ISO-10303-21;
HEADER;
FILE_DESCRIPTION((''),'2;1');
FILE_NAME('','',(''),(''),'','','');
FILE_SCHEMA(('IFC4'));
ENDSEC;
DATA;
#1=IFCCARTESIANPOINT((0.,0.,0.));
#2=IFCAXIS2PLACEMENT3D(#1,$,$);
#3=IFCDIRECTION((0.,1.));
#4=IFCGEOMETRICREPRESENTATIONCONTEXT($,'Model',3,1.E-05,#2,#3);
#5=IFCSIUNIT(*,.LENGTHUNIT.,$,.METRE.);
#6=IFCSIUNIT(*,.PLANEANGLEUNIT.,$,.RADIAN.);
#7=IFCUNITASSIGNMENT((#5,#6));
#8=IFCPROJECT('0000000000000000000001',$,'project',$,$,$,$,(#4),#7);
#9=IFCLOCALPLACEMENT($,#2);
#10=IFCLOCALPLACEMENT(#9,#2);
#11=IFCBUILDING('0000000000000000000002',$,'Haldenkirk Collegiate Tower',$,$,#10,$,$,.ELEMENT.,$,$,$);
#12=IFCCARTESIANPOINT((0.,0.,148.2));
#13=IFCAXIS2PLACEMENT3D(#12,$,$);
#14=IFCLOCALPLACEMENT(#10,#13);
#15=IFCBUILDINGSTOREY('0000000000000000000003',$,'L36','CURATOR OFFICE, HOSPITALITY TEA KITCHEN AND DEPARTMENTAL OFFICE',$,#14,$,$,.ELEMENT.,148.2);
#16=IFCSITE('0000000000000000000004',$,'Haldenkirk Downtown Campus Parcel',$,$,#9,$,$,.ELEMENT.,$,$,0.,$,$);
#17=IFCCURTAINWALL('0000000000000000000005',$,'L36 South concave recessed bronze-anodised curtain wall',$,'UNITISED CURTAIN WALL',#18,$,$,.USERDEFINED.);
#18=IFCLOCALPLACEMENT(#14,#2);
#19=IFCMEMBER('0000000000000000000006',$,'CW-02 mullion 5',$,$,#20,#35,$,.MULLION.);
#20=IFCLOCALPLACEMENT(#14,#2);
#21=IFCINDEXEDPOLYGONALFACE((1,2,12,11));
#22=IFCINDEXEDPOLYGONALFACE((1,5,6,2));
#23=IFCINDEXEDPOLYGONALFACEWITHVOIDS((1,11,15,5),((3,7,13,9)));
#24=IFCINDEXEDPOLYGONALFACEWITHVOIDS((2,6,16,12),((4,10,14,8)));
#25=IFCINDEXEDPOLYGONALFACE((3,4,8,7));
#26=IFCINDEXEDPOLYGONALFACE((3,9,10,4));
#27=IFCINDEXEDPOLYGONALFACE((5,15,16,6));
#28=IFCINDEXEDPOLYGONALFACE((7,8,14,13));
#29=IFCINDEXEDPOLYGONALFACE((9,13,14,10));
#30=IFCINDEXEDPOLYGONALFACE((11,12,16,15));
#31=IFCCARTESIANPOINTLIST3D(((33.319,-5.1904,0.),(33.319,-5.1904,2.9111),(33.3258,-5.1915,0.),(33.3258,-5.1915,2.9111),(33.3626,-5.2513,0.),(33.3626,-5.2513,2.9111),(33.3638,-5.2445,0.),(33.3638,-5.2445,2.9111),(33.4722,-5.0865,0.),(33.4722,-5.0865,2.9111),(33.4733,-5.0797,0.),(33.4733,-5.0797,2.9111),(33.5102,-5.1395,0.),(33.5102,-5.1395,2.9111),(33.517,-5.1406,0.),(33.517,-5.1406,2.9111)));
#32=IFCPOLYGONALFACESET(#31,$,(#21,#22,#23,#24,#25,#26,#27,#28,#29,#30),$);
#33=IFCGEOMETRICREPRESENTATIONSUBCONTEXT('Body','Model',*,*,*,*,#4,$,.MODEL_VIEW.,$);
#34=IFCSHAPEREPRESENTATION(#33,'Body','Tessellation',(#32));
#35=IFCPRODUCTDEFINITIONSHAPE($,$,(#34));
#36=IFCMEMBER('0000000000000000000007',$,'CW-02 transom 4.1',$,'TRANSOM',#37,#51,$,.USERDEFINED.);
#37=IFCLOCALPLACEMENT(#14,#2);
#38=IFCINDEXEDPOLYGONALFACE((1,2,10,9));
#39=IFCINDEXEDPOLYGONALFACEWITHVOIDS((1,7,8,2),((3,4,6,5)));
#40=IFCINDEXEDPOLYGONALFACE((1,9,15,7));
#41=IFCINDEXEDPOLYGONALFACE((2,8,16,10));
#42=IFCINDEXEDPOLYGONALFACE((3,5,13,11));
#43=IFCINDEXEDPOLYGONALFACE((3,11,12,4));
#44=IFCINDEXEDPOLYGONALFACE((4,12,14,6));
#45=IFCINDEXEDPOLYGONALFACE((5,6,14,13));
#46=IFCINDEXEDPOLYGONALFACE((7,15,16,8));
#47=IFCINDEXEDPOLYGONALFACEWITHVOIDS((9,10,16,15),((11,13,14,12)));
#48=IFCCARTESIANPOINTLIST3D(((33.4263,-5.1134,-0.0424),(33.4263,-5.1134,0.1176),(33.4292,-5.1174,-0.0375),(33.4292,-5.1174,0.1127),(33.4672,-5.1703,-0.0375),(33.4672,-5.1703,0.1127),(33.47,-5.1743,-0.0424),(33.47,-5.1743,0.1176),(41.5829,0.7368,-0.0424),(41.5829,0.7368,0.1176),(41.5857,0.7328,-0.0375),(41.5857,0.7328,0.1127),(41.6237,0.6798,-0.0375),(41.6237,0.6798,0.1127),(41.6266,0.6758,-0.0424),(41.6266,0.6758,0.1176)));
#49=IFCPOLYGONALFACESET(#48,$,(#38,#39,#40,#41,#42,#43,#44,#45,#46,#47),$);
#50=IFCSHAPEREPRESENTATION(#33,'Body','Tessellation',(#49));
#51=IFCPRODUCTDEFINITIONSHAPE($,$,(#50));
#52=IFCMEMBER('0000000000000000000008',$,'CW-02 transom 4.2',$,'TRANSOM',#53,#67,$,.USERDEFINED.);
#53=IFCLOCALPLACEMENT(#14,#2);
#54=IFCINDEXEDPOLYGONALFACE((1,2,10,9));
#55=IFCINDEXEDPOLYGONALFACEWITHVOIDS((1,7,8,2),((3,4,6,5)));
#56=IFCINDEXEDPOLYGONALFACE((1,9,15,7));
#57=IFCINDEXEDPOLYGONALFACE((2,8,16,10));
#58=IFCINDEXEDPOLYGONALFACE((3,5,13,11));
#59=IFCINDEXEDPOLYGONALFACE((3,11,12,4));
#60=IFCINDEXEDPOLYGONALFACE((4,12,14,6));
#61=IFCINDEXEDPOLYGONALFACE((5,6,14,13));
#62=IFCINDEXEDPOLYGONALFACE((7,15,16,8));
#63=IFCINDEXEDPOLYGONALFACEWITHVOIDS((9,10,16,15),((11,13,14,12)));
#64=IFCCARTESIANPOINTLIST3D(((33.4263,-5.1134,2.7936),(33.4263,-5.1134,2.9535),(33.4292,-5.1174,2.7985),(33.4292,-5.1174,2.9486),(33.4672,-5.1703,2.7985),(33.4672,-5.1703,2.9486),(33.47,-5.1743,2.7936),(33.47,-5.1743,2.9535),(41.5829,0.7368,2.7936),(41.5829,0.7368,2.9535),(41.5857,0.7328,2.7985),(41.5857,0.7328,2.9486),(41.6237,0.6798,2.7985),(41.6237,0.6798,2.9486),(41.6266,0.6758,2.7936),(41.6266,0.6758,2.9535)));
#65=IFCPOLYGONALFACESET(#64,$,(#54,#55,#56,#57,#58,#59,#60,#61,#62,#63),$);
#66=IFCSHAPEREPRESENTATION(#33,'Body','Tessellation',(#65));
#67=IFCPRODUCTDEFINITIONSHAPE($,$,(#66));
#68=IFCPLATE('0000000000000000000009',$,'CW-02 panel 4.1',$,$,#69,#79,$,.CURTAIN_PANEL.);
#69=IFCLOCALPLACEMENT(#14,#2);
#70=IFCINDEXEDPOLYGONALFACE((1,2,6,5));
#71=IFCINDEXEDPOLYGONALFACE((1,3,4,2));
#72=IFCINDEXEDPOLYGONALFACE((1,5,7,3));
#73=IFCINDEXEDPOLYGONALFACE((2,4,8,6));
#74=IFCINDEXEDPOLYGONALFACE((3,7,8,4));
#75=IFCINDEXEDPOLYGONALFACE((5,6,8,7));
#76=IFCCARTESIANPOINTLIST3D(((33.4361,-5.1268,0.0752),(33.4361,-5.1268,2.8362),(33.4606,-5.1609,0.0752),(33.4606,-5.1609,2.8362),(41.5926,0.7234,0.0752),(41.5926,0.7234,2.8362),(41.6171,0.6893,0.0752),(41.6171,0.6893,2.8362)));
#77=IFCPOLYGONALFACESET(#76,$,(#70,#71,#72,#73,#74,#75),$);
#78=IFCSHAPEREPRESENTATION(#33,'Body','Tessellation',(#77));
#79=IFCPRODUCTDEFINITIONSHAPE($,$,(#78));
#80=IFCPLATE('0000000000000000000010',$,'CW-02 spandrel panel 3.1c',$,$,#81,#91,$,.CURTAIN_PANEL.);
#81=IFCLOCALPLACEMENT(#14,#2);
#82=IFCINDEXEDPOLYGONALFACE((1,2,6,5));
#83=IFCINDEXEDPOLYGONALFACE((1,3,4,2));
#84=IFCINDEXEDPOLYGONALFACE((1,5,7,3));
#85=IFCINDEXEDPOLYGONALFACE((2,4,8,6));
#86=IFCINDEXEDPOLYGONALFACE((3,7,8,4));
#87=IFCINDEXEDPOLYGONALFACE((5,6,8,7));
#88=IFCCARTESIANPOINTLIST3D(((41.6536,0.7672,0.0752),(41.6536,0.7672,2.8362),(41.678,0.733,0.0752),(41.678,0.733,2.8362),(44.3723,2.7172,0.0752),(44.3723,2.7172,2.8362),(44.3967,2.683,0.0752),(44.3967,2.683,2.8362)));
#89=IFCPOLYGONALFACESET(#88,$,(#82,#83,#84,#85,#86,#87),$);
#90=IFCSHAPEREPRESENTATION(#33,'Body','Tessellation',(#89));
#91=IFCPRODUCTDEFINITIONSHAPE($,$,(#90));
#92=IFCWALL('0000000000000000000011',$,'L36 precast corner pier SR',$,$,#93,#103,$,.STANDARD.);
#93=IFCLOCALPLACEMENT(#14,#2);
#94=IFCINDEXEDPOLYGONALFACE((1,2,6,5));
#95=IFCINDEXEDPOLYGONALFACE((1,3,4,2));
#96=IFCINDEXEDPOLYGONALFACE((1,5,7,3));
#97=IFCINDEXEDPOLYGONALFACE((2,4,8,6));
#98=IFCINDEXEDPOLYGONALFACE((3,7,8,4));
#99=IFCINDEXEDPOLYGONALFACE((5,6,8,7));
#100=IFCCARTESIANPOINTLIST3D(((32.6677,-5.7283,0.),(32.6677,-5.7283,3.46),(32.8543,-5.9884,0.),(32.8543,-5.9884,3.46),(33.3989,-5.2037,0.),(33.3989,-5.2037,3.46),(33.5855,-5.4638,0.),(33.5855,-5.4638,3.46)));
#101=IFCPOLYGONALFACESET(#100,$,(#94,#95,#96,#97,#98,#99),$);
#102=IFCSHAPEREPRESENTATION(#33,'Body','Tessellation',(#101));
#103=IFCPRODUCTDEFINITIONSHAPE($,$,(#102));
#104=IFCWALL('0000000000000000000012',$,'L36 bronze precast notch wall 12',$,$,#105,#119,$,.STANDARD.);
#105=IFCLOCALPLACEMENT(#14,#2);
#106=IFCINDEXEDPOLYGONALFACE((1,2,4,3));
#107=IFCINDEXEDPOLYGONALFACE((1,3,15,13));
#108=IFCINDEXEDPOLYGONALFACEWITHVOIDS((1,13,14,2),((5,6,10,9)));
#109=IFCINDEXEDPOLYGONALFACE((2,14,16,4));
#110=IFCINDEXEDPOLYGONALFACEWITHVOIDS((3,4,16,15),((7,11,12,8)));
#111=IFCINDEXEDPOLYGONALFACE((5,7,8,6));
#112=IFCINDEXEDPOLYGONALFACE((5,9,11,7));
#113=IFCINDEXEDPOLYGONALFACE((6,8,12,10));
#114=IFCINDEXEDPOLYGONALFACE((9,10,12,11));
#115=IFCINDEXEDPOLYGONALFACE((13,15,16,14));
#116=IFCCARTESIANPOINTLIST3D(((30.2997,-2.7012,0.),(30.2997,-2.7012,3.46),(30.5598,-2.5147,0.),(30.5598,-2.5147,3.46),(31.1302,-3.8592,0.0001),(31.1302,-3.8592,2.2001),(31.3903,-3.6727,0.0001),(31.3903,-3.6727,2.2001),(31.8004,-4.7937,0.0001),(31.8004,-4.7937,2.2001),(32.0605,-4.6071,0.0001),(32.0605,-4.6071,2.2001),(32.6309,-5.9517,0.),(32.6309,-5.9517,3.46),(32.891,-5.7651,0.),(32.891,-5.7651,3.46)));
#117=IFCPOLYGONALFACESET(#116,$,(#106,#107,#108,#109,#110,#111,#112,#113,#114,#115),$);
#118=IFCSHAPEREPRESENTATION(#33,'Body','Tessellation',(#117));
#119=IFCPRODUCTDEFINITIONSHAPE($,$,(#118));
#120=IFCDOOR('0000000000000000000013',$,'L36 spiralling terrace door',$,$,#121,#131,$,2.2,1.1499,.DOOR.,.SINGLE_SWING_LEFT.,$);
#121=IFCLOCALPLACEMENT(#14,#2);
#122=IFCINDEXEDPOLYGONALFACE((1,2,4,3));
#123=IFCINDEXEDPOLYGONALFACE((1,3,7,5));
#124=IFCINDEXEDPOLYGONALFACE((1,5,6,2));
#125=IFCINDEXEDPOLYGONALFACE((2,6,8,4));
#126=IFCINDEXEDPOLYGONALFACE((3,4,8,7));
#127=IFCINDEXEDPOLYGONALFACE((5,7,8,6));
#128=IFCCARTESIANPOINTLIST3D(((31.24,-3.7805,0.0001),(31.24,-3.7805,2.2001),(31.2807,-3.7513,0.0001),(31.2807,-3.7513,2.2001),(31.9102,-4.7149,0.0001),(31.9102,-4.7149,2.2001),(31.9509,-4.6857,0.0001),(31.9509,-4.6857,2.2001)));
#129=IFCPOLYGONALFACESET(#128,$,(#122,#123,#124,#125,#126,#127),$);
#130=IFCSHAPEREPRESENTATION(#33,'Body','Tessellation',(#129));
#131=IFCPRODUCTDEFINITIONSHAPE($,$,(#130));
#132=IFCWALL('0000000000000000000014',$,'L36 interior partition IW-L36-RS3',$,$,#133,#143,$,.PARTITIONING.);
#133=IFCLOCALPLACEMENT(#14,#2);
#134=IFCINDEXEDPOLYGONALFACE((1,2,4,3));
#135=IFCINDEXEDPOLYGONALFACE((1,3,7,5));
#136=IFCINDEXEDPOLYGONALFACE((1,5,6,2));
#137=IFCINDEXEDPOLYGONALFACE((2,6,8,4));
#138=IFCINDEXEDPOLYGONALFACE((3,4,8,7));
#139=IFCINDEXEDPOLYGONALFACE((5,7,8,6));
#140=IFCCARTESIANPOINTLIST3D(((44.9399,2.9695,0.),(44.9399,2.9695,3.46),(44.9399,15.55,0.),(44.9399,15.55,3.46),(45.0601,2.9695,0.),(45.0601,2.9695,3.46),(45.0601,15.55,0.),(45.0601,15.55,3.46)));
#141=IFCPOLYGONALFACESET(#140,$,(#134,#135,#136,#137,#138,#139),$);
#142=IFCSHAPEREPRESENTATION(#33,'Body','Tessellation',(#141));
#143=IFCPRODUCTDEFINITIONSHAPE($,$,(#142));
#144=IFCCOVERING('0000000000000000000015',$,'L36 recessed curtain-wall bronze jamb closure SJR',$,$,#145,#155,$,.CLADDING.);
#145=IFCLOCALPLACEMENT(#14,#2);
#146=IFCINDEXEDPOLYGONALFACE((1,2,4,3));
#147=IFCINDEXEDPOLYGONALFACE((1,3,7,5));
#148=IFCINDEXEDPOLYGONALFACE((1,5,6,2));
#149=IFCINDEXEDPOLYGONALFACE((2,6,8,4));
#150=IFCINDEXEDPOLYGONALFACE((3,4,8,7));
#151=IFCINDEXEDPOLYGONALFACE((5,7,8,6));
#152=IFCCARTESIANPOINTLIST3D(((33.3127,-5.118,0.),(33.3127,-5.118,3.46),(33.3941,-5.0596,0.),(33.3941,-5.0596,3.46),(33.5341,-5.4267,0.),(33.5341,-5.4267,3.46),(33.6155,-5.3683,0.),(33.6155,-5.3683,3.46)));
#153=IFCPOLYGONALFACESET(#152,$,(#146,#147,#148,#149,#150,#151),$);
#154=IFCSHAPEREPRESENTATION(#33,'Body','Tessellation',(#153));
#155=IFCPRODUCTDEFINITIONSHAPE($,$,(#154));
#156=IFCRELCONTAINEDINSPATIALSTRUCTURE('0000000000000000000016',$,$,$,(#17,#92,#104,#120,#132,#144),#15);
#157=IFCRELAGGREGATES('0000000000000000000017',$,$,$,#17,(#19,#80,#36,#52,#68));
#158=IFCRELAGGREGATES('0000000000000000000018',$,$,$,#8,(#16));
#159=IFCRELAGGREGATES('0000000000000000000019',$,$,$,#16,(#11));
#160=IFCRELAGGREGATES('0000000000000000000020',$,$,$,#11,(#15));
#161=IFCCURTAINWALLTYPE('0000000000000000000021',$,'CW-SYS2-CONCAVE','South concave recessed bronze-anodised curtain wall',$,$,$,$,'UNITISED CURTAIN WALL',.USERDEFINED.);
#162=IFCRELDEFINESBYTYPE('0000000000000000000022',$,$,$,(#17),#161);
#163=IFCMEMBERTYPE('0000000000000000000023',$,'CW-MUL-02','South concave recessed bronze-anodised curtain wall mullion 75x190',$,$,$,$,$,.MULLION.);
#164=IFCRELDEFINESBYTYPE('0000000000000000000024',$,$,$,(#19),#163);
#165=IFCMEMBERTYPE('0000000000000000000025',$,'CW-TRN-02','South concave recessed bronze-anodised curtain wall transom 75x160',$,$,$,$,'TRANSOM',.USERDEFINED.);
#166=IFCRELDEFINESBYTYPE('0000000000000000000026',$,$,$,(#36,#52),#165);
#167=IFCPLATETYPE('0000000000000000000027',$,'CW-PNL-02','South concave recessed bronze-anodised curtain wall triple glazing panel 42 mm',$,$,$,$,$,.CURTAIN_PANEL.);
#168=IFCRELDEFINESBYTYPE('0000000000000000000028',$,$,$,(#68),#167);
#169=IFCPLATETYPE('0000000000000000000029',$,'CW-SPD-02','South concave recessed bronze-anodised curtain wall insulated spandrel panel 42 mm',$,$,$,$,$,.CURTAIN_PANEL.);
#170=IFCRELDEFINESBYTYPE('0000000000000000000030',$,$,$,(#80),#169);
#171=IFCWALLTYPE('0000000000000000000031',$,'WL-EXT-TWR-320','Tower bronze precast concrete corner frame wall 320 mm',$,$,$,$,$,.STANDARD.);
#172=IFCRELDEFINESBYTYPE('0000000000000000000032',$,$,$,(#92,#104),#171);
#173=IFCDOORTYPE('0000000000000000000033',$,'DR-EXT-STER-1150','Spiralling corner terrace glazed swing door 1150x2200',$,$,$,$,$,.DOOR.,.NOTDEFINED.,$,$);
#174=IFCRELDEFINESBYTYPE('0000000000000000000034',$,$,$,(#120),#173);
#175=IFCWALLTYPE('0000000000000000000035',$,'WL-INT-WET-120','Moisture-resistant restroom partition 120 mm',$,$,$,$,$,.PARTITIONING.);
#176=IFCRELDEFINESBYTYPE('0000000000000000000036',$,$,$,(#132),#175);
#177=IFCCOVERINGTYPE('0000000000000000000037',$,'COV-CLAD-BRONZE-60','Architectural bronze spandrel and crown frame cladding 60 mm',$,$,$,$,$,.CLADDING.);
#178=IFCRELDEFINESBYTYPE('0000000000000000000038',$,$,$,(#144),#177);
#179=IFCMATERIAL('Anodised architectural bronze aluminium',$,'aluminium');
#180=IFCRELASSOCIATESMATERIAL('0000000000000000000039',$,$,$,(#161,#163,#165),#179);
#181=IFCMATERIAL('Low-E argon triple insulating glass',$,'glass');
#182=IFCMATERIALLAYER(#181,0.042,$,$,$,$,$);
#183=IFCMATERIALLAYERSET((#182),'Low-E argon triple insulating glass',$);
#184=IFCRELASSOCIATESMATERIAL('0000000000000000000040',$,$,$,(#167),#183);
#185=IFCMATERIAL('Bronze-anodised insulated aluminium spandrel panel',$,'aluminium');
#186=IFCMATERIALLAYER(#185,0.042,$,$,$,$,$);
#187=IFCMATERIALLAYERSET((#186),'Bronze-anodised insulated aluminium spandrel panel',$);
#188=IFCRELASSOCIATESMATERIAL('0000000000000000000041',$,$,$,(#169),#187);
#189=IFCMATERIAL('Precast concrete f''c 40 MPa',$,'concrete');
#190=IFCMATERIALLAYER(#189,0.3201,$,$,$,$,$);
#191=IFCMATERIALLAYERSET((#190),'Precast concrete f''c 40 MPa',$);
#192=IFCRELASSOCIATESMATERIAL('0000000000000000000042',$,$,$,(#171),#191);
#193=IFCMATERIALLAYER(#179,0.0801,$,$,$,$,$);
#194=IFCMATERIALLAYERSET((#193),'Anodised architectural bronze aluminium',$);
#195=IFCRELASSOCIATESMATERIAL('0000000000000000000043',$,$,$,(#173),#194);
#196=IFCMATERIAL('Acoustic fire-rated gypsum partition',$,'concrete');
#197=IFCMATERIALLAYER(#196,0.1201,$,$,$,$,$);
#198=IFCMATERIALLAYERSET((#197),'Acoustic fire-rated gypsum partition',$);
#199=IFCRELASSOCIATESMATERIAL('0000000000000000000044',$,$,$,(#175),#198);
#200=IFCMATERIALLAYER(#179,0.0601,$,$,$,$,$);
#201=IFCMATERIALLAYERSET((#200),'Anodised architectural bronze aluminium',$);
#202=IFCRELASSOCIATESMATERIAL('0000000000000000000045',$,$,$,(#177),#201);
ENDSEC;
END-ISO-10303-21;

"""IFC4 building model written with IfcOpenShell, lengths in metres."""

from ifc_helpers import new_model, si_unit, direction, frame, frame_2d, origin, origin_2d, place, context, subcontext, project, spatial, rectangle, hollow_rectangle, extrude, source, transform, mapped, material, layer, layer_set, material_profile, profile_set, type_object, element, fill, aggregate, save


model = new_model("IFC4")

# Units and contexts
model_context = context("Model", 3, precision=1e-05, world=origin(), true_north=direction((0.0, 1.0)))
body_context = subcontext(model_context, "Body", "Model", "MODEL_VIEW")
ifc_project = project(units=[si_unit("LENGTHUNIT", "METRE"), si_unit("PLANEANGLEUNIT", "RADIAN")], contexts=[model_context])

# Site, building, storey
site_placement = place(None, origin())
site = spatial("IfcSite", under=ifc_project, at=site_placement, Name="Haldenkirk Downtown Campus Parcel", CompositionType="ELEMENT", RefElevation=0.0)
building_placement = place(site_placement, origin())
building = spatial("IfcBuilding", under=site, at=building_placement, Name="Haldenkirk Collegiate Tower", CompositionType="ELEMENT")
storey_placement = place(building_placement, frame((0.0, 0.0, 148.2)))
storey = spatial("IfcBuildingStorey", under=building, at=storey_placement, Name="L36", Description="CURATOR OFFICE, HOSPITALITY TEA KITCHEN AND DEPARTMENTAL OFFICE", CompositionType="ELEMENT", Elevation=148.2)

# Curtain wall, members, plates
ifc_material_1 = material(Name="Anodised architectural bronze aluminium", Category="aluminium")
curtain_wall_type = type_object("IfcCurtainWallType", Name="CW-SYS2-CONCAVE", Description="South concave recessed bronze-anodised curtain wall", ElementType="UNITISED CURTAIN WALL", PredefinedType="USERDEFINED", material=ifc_material_1)
curtain_wall_placement = place(storey_placement, origin())
curtain_wall = element("IfcCurtainWall", 1, at=curtain_wall_placement, inside=storey, type_object=curtain_wall_type, Name="L36 South concave recessed bronze-anodised curtain wall", ObjectType="UNITISED CURTAIN WALL", PredefinedType="USERDEFINED")
ifc_material_profile_1 = material_profile(ifc_material_1, hollow_rectangle(XDim=0.075, YDim=0.1899, WallThickness=0.0049, at=origin_2d()), Name="CW-MUL-02")
ifc_profile_set_1 = profile_set([ifc_material_profile_1], Name="Anodised architectural bronze aluminium")
member_type_1 = type_object("IfcMemberType", Name="CW-MUL-02", Description="South concave recessed bronze-anodised curtain wall mullion 75x190", PredefinedType="MULLION", material=ifc_profile_set_1)
member_1_placement = place(storey_placement, frame((33.418, -5.1655, 0.0), z_axis=(0.0, 0.0, 1.0), x_axis=(0.582834, -0.812592, 0.0)))
member_1 = element("IfcMember", 2, at=member_1_placement, type_object=member_type_1, Name="CW-02 mullion 5", PredefinedType="MULLION", context=body_context, shape_type="SweptSolid", body=[
    extrude(hollow_rectangle(XDim=0.075, YDim=0.1899, WallThickness=0.0049, at=origin_2d()), origin(), (0.0, 0.0, 1.0), 2.9111),
])
ifc_material_profile_2 = material_profile(ifc_material_1, hollow_rectangle(XDim=0.075, YDim=0.1599, WallThickness=0.0049, at=origin_2d()), Name="CW-TRN-02")
ifc_profile_set_2 = profile_set([ifc_material_profile_2], Name="Anodised architectural bronze aluminium")
member_type_2 = type_object("IfcMemberType", Name="CW-TRN-02", Description="South concave recessed bronze-anodised curtain wall transom 75x160", ElementType="TRANSOM", PredefinedType="USERDEFINED", material=ifc_profile_set_2)
member_2_placement = place(storey_placement, frame((41.6047, 0.7063, 0.0376), z_axis=(-0.8126, -0.582822, 0.0), x_axis=(0.582822, -0.8126, 0.0)))
member_2 = element("IfcMember", 3, at=member_2_placement, type_object=member_type_2, Name="CW-02 transom 4.1", ObjectType="TRANSOM", PredefinedType="USERDEFINED", context=body_context, shape_type="SweptSolid", body=[
    extrude(hollow_rectangle(XDim=0.075, YDim=0.1599, WallThickness=0.0049, at=origin_2d()), origin(), (0.0, 0.0, 1.0), 10.0376),
])
member_3_placement = place(storey_placement, frame((41.6047, 0.7063, 2.8735), z_axis=(-0.8126, -0.582822, 0.0), x_axis=(0.582822, -0.8126, 0.0)))
member_3 = element("IfcMember", 4, at=member_3_placement, type_object=member_type_2, Name="CW-02 transom 4.2", ObjectType="TRANSOM", PredefinedType="USERDEFINED", context=body_context, shape_type="SweptSolid", body=[
    extrude(hollow_rectangle(XDim=0.075, YDim=0.1599, WallThickness=0.0049, at=origin_2d()), origin(), (0.0, 0.0, 1.0), 10.0376),
])
ifc_material_2 = material(Name="Low-E argon triple insulating glass", Category="glass")
ifc_layer_1 = layer(ifc_material_2, 0.042)
ifc_layer_set_1 = layer_set([ifc_layer_1], Name="Low-E argon triple insulating glass")
plate_type_1 = type_object("IfcPlateType", Name="CW-PNL-02", Description="South concave recessed bronze-anodised curtain wall triple glazing panel 42 mm", PredefinedType="CURTAIN_PANEL", material=ifc_layer_set_1)
shared_shape_1 = source(origin(), body_context, "Body", "SweptSolid", [
    extrude(rectangle(XDim=10.0376, YDim=0.042, at=origin_2d()), origin(), (0.0, 0.0, 1.0), 2.761),
])
plate_1_placement = place(storey_placement, frame((37.5266, -2.2188, 0.0752), z_axis=(0.0, 0.0, 1.0), x_axis=(-0.812592, -0.582834, 0.0)))
plate_1 = element("IfcPlate", 5, at=plate_1_placement, type_object=plate_type_1, Name="CW-02 panel 4.1", PredefinedType="CURTAIN_PANEL", context=body_context, shape_type="MappedRepresentation", body=[
    mapped(shared_shape_1, transform((0.0, 0.0, 0.0), x_axis=(1.0, 0.0, 0.0), y_axis=(0.0, 1.0, 0.0), z_axis=(0.0, 0.0, 1.0), scale=1.0)),
])
ifc_material_3 = material(Name="Bronze-anodised insulated aluminium spandrel panel", Category="aluminium")
ifc_layer_2 = layer(ifc_material_3, 0.042)
ifc_layer_set_2 = layer_set([ifc_layer_2], Name="Bronze-anodised insulated aluminium spandrel panel")
plate_type_2 = type_object("IfcPlateType", Name="CW-SPD-02", Description="South concave recessed bronze-anodised curtain wall insulated spandrel panel 42 mm", PredefinedType="CURTAIN_PANEL", material=ifc_layer_set_2)
shared_shape_2 = source(origin(), body_context, "Body", "SweptSolid", [
    extrude(rectangle(XDim=3.3457, YDim=0.042, at=origin_2d()), origin(), (0.0, 0.0, 1.0), 2.761),
])
plate_2_placement = place(storey_placement, frame((43.0251, 1.7251, 0.0752), z_axis=(0.0, 0.0, 1.0), x_axis=(-0.812592, -0.582834, 0.0)))
plate_2 = element("IfcPlate", 6, at=plate_2_placement, type_object=plate_type_2, Name="CW-02 spandrel panel 3.1c", PredefinedType="CURTAIN_PANEL", context=body_context, shape_type="MappedRepresentation", body=[
    mapped(shared_shape_2, transform((0.0, 0.0, 0.0), x_axis=(1.0, 0.0, 0.0), y_axis=(0.0, 1.0, 0.0), z_axis=(0.0, 0.0, 1.0), scale=1.0)),
])
aggregate(curtain_wall, [member_1, plate_2, member_2, member_3, plate_1])

# Wall
ifc_material_4 = material(Name="Precast concrete f'c 40 MPa", Category="concrete")
ifc_layer_3 = layer(ifc_material_4, 0.3201)
ifc_layer_set_3 = layer_set([ifc_layer_3], Name="Precast concrete f'c 40 MPa")
wall_type_1 = type_object("IfcWallType", Name="WL-EXT-TWR-320", Description="Tower bronze precast concrete corner frame wall 320 mm", PredefinedType="STANDARD", material=ifc_layer_set_3)
wall_1_placement = place(storey_placement, frame((33.4922, -5.3337, 0.0), z_axis=(0.0, 0.0, 1.0), x_axis=(-0.812485, -0.582982, 0.0)))
element("IfcWall", 7, at=wall_1_placement, inside=storey, type_object=wall_type_1, Name="L36 precast corner pier SR", PredefinedType="STANDARD", context=body_context, shape_type="SweptSolid", body=[
    extrude(rectangle(XDim=0.8999, YDim=0.3201, at=frame_2d((0.45, 0.0))), origin(), (0.0, 0.0, 1.0), 3.46),
])

# Wall, opening, door
wall_2_placement = place(storey_placement, frame((32.761, -5.8584, 0.0), z_axis=(0.0, 0.0, 1.0), x_axis=(-0.582813, 0.812606, 0.0)))
wall_2 = element("IfcWall", 8, at=wall_2_placement, inside=storey, type_object=wall_type_1, Name="L36 bronze precast notch wall 12", PredefinedType="STANDARD", context=body_context, shape_type="SweptSolid", body=[
    extrude(rectangle(XDim=4.0, YDim=0.3201, at=frame_2d((2.0, 0.0))), origin(), (0.0, 0.0, 1.0), 3.46),
])
opening_placement = place(wall_2_placement, frame((1.425, 0.0, 0.0)))
opening = element("IfcOpeningElement", 9, at=opening_placement, cuts=wall_2, PredefinedType="OPENING", context=body_context, shape_type="SweptSolid", body=[
    extrude(rectangle(XDim=1.1499, YDim=2.2, at=frame_2d((0.575, 1.1001))), frame((0.0, 0.1699, 0.0), z_axis=(0.0, -1.0, 0.0), x_axis=(1.0, 0.0, 0.0)), (0.0, 0.0, 1.0), 0.3401),
])
ifc_layer_4 = layer(ifc_material_1, 0.0801)
ifc_layer_set_4 = layer_set([ifc_layer_4], Name="Anodised architectural bronze aluminium")
door_type = type_object("IfcDoorType", Name="DR-EXT-STER-1150", Description="Spiralling corner terrace glazed swing door 1150x2200", OperationType="NOTDEFINED", PredefinedType="DOOR", material=ifc_layer_set_4)
door_placement = place(opening_placement, origin())
door = element("IfcDoor", 10, at=door_placement, inside=storey, type_object=door_type, Name="L36 spiralling terrace door", OperationType="SINGLE_SWING_LEFT", OverallHeight=2.2, OverallWidth=1.1499, PredefinedType="DOOR", context=body_context, shape_type="SweptSolid", body=[
    extrude(rectangle(XDim=1.1499, YDim=2.2, at=frame_2d((0.575, 1.1001))), frame((0.0, 0.0249, 0.0), z_axis=(0.0, -1.0, 0.0), x_axis=(1.0, 0.0, 0.0)), (0.0, 0.0, 1.0), 0.05),
])
fill(opening, door)

# Wall
ifc_material_5 = material(Name="Acoustic fire-rated gypsum partition", Category="concrete")
ifc_layer_5 = layer(ifc_material_5, 0.1201)
ifc_layer_set_5 = layer_set([ifc_layer_5], Name="Acoustic fire-rated gypsum partition")
wall_type_2 = type_object("IfcWallType", Name="WL-INT-WET-120", Description="Moisture-resistant restroom partition 120 mm", PredefinedType="PARTITIONING", material=ifc_layer_set_5)
wall_3_placement = place(storey_placement, frame((45.0, 2.9695, 0.0), z_axis=(0.0, 0.0, 1.0), x_axis=(0.0, 1.0, 0.0)))
element("IfcWall", 11, at=wall_3_placement, inside=storey, type_object=wall_type_2, Name="L36 interior partition IW-L36-RS3", PredefinedType="PARTITIONING", context=body_context, shape_type="SweptSolid", body=[
    extrude(rectangle(XDim=12.5806, YDim=0.1201, at=frame_2d((6.2903, 0.0))), origin(), (0.0, 0.0, 1.0), 3.46),
])

# Covering
ifc_layer_6 = layer(ifc_material_1, 0.0601)
ifc_layer_set_6 = layer_set([ifc_layer_6], Name="Anodised architectural bronze aluminium")
covering_type = type_object("IfcCoveringType", Name="COV-CLAD-BRONZE-60", Description="Architectural bronze spandrel and crown frame cladding 60 mm", PredefinedType="CLADDING", material=ifc_layer_set_6)
shared_shape_3 = source(origin(), body_context, "Body", "SweptSolid", [
    extrude(rectangle(XDim=0.1001, YDim=0.3799, at=origin_2d()), origin(), (0.0, 0.0, 1.0), 3.46),
])
covering_placement = place(storey_placement, frame((33.4641, -5.2432, 0.0), z_axis=(0.0, 0.0, 1.0), x_axis=(-0.812592, -0.582832, 0.0)))
element("IfcCovering", 12, at=covering_placement, inside=storey, type_object=covering_type, Name="L36 recessed curtain-wall bronze jamb closure SJR", PredefinedType="CLADDING", context=body_context, shape_type="MappedRepresentation", body=[
    mapped(shared_shape_3, transform((0.0, 0.0, 0.0), x_axis=(1.0, 0.0, 0.0), y_axis=(0.0, 1.0, 0.0), z_axis=(0.0, 0.0, 1.0), scale=1.0)),
])

save(model, "model.ifc")
